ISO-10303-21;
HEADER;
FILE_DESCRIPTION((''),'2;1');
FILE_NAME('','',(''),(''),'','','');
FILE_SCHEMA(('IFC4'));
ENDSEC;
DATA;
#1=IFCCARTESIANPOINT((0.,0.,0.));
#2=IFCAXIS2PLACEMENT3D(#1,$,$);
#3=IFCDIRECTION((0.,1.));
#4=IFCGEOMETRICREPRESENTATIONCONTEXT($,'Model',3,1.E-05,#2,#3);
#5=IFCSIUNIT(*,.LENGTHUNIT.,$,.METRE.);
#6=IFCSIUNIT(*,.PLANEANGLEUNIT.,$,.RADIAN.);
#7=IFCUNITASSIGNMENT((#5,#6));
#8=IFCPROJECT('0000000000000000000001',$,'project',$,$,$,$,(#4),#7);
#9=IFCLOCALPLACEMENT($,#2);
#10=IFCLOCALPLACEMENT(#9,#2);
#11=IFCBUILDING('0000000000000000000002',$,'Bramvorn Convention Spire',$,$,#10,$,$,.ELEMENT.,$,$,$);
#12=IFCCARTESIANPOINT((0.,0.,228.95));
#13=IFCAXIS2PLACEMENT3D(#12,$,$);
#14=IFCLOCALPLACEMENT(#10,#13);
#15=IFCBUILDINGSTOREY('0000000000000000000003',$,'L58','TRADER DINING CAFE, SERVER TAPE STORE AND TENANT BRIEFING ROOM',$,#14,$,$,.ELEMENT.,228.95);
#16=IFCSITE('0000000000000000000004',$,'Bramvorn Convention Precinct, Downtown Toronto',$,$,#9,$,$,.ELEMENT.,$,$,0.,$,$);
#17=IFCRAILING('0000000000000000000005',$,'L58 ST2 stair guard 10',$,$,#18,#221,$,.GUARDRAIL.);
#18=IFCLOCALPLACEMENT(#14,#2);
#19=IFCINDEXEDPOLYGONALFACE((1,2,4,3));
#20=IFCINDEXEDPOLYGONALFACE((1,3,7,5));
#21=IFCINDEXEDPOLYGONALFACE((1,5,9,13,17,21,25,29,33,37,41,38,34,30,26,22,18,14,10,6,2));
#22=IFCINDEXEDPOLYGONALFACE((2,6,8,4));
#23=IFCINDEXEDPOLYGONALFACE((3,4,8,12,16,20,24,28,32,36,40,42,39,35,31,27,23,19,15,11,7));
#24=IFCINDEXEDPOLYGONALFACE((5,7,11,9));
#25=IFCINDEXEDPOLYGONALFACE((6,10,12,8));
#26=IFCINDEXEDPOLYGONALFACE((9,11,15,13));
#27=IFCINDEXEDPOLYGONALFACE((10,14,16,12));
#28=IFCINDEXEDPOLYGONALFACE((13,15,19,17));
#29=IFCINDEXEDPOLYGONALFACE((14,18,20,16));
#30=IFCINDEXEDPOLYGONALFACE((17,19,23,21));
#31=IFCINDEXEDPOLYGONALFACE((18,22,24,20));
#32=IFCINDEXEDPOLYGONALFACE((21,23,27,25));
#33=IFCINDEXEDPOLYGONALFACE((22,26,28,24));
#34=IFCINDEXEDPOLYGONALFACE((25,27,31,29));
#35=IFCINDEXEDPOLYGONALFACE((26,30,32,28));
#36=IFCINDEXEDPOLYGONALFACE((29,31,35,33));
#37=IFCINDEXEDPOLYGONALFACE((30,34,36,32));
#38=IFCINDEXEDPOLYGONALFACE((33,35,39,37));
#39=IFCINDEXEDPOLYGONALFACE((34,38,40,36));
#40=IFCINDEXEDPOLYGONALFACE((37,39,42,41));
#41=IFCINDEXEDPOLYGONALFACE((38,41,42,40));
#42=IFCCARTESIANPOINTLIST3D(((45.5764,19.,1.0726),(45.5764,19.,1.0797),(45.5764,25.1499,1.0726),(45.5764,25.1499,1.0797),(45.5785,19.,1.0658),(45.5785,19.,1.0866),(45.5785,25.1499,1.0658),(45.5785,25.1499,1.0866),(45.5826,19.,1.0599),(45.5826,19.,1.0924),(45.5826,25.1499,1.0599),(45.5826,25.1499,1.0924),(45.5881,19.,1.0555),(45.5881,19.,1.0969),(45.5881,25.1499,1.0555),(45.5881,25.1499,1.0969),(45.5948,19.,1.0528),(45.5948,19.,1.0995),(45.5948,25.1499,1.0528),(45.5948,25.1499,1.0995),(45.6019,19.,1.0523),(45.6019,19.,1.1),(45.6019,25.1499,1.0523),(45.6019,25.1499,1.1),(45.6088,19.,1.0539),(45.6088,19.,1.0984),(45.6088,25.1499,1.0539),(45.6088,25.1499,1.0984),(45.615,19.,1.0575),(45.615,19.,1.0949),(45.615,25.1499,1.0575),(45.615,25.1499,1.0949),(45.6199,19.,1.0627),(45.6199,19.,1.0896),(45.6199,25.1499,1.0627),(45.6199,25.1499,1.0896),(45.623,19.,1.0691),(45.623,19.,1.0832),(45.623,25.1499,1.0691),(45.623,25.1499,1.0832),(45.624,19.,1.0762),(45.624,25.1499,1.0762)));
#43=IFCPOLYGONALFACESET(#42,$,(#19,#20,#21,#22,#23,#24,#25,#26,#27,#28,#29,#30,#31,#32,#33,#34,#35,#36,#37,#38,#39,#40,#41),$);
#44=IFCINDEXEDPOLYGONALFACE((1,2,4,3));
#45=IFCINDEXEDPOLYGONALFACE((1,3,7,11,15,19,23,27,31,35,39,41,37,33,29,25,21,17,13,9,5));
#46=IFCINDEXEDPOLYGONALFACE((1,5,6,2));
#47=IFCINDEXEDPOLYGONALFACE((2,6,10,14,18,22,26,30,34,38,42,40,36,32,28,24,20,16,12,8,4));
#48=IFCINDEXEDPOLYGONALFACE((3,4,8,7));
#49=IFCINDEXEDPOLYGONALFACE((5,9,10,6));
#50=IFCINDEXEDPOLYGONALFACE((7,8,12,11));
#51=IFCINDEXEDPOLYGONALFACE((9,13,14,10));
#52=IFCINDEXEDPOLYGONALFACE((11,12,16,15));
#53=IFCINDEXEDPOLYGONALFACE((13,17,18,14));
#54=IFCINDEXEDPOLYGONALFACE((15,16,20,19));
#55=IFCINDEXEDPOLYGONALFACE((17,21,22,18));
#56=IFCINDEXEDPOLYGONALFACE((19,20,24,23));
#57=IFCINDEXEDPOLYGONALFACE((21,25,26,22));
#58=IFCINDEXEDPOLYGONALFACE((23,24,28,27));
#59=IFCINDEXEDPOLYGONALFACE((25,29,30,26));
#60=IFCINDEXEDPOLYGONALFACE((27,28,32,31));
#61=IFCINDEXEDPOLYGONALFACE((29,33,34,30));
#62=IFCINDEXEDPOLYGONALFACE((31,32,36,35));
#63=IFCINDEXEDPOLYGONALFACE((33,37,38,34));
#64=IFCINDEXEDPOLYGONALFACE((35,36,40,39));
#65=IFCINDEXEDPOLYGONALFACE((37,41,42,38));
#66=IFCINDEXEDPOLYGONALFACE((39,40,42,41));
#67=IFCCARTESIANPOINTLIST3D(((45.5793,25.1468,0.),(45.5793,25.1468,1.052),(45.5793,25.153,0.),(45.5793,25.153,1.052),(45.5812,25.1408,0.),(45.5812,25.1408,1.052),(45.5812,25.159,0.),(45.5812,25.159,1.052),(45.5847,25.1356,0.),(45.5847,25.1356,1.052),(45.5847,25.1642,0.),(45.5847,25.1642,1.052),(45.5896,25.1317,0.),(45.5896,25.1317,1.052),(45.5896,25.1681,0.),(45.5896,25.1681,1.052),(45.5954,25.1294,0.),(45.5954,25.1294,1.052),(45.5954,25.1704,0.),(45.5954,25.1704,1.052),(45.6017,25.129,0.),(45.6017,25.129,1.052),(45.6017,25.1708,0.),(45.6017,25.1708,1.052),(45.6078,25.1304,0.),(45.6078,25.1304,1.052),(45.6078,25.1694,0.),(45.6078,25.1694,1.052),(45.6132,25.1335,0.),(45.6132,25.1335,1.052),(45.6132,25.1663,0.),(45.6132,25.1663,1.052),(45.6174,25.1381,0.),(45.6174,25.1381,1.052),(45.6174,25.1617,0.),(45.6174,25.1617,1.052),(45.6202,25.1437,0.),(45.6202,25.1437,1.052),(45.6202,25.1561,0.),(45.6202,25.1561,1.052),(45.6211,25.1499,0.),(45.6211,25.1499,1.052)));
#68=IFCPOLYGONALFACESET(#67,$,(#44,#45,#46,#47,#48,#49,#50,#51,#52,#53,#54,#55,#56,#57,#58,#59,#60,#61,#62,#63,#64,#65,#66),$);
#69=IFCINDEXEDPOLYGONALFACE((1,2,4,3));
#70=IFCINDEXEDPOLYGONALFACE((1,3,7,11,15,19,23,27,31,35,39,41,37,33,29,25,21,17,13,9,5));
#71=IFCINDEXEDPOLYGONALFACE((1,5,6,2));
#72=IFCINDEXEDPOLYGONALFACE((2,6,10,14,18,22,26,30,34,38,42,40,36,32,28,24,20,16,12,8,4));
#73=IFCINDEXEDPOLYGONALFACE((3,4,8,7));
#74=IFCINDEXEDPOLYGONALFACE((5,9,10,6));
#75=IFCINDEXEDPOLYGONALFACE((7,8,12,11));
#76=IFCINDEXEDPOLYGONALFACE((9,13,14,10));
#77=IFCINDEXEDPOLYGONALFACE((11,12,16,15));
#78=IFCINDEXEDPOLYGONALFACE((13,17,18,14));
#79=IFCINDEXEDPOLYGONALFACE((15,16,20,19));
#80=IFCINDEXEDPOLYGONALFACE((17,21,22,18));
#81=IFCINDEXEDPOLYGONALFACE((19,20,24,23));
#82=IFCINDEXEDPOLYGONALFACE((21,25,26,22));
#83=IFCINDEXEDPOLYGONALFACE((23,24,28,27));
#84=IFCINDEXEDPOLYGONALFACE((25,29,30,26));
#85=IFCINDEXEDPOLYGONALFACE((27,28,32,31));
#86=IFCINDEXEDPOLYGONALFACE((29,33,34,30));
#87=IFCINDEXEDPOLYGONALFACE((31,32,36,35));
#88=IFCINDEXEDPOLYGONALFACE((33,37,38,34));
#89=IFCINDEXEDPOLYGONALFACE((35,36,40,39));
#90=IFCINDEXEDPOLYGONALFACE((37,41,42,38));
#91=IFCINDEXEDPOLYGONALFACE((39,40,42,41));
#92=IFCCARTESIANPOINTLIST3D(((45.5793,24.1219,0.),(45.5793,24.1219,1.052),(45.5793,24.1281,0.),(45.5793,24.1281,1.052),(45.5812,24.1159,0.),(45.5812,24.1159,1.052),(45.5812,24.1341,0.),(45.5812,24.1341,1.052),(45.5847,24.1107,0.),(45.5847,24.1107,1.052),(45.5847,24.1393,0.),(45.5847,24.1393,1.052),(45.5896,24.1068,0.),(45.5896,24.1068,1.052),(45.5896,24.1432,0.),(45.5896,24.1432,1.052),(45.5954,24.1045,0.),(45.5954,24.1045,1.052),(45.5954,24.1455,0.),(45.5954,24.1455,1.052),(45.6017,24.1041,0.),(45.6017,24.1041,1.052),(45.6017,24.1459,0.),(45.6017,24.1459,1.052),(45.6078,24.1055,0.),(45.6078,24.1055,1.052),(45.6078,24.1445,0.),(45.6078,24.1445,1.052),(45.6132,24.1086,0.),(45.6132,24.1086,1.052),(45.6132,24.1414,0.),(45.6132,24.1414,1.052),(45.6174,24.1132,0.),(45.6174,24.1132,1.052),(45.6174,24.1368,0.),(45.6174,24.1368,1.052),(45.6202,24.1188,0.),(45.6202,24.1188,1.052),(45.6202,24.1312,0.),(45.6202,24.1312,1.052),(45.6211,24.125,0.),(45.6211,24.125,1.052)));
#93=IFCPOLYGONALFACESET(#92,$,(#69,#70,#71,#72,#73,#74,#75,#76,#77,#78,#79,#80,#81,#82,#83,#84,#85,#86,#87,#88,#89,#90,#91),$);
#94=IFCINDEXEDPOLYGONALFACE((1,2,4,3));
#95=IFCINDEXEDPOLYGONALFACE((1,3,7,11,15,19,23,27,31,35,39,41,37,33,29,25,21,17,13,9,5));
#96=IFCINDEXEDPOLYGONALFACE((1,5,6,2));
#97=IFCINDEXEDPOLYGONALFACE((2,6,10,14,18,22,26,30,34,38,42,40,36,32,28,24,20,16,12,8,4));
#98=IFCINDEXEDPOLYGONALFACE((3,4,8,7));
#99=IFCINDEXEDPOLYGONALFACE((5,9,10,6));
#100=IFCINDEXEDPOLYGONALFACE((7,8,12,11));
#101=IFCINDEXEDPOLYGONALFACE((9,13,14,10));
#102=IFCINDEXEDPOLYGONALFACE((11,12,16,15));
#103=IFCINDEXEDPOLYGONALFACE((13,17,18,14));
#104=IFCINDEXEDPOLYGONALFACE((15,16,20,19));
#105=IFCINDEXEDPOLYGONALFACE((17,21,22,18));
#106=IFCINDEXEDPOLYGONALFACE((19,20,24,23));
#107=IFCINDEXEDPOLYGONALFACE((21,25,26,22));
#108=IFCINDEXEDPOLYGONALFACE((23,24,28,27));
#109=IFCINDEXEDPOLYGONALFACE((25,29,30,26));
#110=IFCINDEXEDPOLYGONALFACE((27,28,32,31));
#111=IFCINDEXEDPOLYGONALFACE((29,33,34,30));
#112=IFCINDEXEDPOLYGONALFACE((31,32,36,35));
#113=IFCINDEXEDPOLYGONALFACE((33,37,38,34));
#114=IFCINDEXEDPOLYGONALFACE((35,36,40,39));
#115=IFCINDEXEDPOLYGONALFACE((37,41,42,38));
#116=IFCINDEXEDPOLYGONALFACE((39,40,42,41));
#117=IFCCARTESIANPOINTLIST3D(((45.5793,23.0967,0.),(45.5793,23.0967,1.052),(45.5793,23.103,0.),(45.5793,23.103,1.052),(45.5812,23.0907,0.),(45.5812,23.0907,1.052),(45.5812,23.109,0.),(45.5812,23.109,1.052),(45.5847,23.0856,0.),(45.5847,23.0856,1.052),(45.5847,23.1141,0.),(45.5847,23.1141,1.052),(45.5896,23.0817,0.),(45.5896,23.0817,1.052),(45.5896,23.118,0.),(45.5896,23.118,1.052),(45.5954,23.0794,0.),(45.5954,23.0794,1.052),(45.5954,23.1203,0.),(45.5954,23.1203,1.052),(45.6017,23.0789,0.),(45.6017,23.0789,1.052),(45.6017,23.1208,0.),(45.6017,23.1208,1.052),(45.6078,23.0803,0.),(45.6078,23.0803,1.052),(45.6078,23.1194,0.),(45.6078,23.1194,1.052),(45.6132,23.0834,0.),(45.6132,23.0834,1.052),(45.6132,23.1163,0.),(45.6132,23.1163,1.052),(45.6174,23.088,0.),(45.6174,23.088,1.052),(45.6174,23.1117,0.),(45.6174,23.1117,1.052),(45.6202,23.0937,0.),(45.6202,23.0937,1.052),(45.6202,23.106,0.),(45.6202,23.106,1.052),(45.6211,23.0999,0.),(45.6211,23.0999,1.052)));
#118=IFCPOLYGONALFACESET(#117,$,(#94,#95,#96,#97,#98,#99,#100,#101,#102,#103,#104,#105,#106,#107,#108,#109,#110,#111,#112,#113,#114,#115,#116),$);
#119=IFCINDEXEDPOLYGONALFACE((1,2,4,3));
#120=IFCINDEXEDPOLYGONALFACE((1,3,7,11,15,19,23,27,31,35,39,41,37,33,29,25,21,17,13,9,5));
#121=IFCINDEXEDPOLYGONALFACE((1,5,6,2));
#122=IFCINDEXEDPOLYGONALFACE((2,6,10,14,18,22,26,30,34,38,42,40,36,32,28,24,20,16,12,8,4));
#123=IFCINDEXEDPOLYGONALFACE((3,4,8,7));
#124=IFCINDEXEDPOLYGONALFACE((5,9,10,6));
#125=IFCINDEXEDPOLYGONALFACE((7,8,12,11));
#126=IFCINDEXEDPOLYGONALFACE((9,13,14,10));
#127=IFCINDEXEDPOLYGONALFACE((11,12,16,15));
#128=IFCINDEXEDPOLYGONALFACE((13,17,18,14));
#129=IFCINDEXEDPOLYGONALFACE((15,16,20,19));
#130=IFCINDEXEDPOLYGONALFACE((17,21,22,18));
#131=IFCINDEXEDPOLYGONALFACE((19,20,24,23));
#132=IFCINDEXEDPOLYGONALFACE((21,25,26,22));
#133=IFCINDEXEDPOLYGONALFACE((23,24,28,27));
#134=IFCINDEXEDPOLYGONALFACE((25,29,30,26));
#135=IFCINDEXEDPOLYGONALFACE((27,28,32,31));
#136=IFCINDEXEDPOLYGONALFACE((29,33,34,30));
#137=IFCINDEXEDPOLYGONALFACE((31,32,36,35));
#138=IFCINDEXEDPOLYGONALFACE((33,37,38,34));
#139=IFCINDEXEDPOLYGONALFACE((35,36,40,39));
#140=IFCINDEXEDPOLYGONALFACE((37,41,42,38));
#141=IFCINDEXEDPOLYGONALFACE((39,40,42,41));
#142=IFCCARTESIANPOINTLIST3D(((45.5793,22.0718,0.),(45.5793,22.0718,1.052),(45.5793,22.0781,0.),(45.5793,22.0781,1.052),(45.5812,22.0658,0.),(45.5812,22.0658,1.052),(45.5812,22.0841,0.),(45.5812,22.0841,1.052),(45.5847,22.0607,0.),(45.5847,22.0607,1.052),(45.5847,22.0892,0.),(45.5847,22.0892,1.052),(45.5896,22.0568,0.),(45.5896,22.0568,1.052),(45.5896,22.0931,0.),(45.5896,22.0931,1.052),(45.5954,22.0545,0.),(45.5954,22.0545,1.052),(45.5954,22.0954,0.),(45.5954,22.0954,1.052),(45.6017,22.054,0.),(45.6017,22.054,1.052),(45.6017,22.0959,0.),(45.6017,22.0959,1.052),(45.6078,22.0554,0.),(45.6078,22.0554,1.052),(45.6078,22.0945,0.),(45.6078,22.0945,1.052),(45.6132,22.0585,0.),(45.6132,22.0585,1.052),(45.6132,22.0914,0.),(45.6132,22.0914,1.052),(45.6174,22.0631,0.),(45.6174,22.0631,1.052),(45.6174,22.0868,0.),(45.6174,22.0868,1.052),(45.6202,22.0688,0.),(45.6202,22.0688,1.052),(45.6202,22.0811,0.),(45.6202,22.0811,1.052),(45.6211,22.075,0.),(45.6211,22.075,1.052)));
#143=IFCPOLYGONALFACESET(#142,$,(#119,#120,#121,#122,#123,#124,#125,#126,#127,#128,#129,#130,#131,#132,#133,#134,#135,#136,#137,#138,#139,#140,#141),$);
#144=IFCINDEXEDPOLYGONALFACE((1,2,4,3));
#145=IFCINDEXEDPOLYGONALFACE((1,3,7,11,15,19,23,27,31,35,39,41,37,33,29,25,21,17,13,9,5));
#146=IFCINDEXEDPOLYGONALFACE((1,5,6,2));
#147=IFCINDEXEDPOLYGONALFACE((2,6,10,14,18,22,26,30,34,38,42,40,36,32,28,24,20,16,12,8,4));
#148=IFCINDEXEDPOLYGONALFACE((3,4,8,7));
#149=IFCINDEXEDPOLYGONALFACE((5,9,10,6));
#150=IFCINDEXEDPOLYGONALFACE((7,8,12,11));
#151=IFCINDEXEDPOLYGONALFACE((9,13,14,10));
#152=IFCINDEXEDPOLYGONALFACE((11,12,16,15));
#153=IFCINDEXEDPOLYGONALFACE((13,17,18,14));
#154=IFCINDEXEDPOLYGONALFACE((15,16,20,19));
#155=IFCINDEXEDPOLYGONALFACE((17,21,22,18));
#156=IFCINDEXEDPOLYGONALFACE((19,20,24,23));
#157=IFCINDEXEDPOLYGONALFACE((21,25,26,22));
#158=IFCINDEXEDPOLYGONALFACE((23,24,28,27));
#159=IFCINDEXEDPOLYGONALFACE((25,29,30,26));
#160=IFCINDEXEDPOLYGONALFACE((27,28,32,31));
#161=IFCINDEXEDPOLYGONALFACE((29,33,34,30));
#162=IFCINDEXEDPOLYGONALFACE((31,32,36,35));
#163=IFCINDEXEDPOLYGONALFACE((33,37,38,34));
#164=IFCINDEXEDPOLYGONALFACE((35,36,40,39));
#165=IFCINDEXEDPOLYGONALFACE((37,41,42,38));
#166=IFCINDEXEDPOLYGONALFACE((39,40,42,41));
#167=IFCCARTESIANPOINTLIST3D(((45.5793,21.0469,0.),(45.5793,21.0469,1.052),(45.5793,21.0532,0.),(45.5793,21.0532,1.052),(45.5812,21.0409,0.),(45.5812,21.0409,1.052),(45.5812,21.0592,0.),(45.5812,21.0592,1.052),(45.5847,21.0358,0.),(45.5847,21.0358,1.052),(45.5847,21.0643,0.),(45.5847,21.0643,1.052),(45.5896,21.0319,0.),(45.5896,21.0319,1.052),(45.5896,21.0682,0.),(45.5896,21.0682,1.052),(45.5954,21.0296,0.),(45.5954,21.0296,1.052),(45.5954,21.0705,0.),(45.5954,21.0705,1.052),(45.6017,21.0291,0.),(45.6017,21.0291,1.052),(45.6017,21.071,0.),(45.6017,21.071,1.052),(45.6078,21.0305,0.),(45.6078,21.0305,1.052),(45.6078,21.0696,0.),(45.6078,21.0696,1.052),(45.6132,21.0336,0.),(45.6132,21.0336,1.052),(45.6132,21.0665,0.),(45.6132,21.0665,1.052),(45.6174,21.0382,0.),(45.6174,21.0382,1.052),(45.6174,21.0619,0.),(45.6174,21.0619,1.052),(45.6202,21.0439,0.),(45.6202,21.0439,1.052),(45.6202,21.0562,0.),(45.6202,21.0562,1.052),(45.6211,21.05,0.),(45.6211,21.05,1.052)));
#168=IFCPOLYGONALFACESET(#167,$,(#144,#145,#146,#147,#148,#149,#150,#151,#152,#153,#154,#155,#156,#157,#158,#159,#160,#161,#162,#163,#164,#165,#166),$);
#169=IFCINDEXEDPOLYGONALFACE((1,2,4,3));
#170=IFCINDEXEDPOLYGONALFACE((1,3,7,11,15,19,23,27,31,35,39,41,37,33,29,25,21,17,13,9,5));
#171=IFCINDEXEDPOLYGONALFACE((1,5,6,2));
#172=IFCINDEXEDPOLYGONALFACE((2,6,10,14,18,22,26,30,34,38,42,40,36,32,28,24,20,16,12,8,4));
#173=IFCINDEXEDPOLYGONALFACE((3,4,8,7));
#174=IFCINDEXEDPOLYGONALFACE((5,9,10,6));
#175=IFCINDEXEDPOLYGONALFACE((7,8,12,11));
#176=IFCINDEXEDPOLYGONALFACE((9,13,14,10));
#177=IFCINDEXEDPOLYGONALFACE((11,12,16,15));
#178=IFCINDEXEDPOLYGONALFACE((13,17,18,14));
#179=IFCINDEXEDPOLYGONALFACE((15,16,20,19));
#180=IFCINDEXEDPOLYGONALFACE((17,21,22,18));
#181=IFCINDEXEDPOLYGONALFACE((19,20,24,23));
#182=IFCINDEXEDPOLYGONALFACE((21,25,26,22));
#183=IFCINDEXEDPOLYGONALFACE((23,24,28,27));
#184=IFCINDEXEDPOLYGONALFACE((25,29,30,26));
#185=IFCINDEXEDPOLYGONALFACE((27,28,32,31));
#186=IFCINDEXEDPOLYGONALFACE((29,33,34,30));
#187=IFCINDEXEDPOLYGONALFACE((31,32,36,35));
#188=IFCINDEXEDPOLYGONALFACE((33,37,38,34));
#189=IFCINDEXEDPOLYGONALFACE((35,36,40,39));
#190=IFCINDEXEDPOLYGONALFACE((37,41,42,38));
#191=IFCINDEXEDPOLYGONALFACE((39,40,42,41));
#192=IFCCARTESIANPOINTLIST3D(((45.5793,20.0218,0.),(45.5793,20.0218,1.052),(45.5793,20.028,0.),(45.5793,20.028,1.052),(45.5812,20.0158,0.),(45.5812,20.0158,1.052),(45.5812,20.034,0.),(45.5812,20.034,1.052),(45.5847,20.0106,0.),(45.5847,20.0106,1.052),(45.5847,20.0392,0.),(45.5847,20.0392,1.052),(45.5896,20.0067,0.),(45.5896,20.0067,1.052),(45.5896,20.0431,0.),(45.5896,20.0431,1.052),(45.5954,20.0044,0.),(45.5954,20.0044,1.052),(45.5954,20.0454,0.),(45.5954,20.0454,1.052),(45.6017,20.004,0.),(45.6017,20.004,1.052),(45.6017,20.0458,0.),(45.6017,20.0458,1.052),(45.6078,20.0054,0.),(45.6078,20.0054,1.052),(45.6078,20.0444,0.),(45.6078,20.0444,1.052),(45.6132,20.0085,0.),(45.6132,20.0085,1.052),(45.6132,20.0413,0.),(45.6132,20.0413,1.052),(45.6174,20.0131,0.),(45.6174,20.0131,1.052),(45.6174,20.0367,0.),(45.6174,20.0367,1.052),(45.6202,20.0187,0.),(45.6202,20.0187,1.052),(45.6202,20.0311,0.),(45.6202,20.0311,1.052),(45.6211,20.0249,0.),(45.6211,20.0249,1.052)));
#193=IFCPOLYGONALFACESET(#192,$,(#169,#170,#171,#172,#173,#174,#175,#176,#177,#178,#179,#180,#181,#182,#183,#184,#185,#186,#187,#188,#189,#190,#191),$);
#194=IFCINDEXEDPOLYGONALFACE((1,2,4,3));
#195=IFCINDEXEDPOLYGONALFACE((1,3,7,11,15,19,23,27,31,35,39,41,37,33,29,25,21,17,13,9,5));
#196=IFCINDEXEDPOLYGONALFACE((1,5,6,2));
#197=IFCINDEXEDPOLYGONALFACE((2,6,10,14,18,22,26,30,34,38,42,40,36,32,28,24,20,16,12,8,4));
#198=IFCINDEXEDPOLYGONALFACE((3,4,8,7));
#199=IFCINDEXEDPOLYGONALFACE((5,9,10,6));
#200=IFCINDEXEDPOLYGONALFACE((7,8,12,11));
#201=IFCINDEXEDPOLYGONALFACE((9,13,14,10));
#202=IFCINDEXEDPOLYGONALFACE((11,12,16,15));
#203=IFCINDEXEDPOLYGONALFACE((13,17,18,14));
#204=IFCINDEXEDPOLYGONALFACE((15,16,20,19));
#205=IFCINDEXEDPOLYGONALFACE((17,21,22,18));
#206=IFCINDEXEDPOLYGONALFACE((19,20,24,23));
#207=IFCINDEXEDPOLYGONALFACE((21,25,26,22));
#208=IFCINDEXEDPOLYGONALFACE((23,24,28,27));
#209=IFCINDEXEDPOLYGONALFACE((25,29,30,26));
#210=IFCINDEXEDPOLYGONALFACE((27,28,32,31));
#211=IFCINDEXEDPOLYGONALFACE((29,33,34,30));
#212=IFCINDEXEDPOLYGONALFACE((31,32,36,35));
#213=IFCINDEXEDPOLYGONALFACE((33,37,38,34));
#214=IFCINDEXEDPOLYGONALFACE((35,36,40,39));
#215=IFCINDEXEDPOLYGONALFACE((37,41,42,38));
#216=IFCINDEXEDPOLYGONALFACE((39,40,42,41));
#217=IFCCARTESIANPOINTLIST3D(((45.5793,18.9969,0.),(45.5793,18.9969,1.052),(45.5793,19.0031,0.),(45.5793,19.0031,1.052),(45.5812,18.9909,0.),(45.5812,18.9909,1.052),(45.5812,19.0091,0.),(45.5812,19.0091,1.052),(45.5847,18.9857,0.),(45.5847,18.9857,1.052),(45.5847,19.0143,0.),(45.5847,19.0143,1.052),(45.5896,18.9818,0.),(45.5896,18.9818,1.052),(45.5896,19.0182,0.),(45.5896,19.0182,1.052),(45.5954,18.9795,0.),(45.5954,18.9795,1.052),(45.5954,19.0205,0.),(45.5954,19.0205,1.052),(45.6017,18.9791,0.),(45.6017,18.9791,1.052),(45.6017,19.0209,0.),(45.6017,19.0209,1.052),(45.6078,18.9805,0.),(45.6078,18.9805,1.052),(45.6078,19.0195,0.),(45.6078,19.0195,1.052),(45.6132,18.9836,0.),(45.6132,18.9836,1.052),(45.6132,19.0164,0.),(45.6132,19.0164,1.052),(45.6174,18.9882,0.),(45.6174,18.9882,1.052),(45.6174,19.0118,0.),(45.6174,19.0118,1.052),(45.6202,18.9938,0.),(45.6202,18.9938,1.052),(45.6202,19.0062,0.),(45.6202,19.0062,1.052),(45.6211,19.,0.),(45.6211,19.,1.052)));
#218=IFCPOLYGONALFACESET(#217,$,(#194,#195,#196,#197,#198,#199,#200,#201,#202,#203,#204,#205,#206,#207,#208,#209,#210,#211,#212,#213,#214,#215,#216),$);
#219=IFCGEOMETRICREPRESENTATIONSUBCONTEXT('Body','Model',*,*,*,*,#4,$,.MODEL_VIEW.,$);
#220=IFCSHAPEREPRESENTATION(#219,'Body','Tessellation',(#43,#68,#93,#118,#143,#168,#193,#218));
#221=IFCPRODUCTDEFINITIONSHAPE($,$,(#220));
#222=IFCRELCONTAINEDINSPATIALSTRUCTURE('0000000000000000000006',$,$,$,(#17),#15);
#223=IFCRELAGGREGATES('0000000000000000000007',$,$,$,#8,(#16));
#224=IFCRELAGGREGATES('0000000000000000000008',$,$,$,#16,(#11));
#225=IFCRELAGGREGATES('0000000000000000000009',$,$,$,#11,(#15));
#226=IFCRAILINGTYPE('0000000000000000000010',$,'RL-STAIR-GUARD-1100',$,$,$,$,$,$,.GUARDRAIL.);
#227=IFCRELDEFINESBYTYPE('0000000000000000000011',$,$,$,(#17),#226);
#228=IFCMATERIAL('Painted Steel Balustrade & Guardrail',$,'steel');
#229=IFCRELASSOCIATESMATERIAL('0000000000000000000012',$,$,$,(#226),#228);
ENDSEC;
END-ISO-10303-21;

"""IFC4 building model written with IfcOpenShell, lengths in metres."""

from ifc_helpers import new_model, si_unit, direction, frame, origin, origin_2d, place, context, subcontext, project, spatial, circle, extrude, material, type_object, element, save


model = new_model("IFC4")

# Units and contexts
model_context = context("Model", 3, precision=1e-05, world=origin(), true_north=direction((0.0, 1.0)))
body_context = subcontext(model_context, "Body", "Model", "MODEL_VIEW")
ifc_project = project(units=[si_unit("LENGTHUNIT", "METRE"), si_unit("PLANEANGLEUNIT", "RADIAN")], contexts=[model_context])

# Site, building, storey
site_placement = place(None, origin())
site = spatial("IfcSite", under=ifc_project, at=site_placement, Name="Bramvorn Convention Precinct, Downtown Toronto", CompositionType="ELEMENT", RefElevation=0.0)
building_placement = place(site_placement, origin())
building = spatial("IfcBuilding", under=site, at=building_placement, Name="Bramvorn Convention Spire", CompositionType="ELEMENT")
storey_placement = place(building_placement, frame((0.0, 0.0, 228.95)))
storey = spatial("IfcBuildingStorey", under=building, at=storey_placement, Name="L58", Description="TRADER DINING CAFE, SERVER TAPE STORE AND TENANT BRIEFING ROOM", CompositionType="ELEMENT", Elevation=228.95)

# Railing
ifc_material_1 = material(Name="Painted Steel Balustrade & Guardrail", Category="steel")
railing_type_1 = type_object("IfcRailingType", Name="RL-STAIR-GUARD-1100", PredefinedType="GUARDRAIL", material=ifc_material_1)
railing_1_placement = place(storey_placement, frame((45.6001, 25.1499, 0.0)))
element("IfcRailing", 1, at=railing_1_placement, inside=storey, type_object=railing_type_1, Name="L58 ST2 stair guard 10", PredefinedType="GUARDRAIL", context=body_context, shape_type="SweptSolid", body=[
    extrude(circle(Radius=0.0239, at=origin_2d()), frame((0.0, 0.0, 1.0762), z_axis=(0.0, -1.0, 0.0), x_axis=(1.0, 0.0, 0.0)), (0.0, 0.0, 1.0), 6.1499),
    extrude(circle(Radius=0.021, at=origin_2d()), origin(), (0.0, 0.0, 1.0), 1.052),
    extrude(circle(Radius=0.021, at=origin_2d()), frame((0.0, -1.0249, 0.0)), (0.0, 0.0, 1.0), 1.052),
    extrude(circle(Radius=0.021, at=origin_2d()), frame((0.0, -2.05, 0.0)), (0.0, 0.0, 1.0), 1.052),
    extrude(circle(Radius=0.021, at=origin_2d()), frame((0.0, -3.075, 0.0)), (0.0, 0.0, 1.0), 1.052),
    extrude(circle(Radius=0.021, at=origin_2d()), frame((0.0, -4.0999, 0.0)), (0.0, 0.0, 1.0), 1.052),
    extrude(circle(Radius=0.021, at=origin_2d()), frame((0.0, -5.125, 0.0)), (0.0, 0.0, 1.0), 1.052),
    extrude(circle(Radius=0.021, at=origin_2d()), frame((0.0, -6.1499, 0.0)), (0.0, 0.0, 1.0), 1.052),
])

save(model, "model.ifc")
